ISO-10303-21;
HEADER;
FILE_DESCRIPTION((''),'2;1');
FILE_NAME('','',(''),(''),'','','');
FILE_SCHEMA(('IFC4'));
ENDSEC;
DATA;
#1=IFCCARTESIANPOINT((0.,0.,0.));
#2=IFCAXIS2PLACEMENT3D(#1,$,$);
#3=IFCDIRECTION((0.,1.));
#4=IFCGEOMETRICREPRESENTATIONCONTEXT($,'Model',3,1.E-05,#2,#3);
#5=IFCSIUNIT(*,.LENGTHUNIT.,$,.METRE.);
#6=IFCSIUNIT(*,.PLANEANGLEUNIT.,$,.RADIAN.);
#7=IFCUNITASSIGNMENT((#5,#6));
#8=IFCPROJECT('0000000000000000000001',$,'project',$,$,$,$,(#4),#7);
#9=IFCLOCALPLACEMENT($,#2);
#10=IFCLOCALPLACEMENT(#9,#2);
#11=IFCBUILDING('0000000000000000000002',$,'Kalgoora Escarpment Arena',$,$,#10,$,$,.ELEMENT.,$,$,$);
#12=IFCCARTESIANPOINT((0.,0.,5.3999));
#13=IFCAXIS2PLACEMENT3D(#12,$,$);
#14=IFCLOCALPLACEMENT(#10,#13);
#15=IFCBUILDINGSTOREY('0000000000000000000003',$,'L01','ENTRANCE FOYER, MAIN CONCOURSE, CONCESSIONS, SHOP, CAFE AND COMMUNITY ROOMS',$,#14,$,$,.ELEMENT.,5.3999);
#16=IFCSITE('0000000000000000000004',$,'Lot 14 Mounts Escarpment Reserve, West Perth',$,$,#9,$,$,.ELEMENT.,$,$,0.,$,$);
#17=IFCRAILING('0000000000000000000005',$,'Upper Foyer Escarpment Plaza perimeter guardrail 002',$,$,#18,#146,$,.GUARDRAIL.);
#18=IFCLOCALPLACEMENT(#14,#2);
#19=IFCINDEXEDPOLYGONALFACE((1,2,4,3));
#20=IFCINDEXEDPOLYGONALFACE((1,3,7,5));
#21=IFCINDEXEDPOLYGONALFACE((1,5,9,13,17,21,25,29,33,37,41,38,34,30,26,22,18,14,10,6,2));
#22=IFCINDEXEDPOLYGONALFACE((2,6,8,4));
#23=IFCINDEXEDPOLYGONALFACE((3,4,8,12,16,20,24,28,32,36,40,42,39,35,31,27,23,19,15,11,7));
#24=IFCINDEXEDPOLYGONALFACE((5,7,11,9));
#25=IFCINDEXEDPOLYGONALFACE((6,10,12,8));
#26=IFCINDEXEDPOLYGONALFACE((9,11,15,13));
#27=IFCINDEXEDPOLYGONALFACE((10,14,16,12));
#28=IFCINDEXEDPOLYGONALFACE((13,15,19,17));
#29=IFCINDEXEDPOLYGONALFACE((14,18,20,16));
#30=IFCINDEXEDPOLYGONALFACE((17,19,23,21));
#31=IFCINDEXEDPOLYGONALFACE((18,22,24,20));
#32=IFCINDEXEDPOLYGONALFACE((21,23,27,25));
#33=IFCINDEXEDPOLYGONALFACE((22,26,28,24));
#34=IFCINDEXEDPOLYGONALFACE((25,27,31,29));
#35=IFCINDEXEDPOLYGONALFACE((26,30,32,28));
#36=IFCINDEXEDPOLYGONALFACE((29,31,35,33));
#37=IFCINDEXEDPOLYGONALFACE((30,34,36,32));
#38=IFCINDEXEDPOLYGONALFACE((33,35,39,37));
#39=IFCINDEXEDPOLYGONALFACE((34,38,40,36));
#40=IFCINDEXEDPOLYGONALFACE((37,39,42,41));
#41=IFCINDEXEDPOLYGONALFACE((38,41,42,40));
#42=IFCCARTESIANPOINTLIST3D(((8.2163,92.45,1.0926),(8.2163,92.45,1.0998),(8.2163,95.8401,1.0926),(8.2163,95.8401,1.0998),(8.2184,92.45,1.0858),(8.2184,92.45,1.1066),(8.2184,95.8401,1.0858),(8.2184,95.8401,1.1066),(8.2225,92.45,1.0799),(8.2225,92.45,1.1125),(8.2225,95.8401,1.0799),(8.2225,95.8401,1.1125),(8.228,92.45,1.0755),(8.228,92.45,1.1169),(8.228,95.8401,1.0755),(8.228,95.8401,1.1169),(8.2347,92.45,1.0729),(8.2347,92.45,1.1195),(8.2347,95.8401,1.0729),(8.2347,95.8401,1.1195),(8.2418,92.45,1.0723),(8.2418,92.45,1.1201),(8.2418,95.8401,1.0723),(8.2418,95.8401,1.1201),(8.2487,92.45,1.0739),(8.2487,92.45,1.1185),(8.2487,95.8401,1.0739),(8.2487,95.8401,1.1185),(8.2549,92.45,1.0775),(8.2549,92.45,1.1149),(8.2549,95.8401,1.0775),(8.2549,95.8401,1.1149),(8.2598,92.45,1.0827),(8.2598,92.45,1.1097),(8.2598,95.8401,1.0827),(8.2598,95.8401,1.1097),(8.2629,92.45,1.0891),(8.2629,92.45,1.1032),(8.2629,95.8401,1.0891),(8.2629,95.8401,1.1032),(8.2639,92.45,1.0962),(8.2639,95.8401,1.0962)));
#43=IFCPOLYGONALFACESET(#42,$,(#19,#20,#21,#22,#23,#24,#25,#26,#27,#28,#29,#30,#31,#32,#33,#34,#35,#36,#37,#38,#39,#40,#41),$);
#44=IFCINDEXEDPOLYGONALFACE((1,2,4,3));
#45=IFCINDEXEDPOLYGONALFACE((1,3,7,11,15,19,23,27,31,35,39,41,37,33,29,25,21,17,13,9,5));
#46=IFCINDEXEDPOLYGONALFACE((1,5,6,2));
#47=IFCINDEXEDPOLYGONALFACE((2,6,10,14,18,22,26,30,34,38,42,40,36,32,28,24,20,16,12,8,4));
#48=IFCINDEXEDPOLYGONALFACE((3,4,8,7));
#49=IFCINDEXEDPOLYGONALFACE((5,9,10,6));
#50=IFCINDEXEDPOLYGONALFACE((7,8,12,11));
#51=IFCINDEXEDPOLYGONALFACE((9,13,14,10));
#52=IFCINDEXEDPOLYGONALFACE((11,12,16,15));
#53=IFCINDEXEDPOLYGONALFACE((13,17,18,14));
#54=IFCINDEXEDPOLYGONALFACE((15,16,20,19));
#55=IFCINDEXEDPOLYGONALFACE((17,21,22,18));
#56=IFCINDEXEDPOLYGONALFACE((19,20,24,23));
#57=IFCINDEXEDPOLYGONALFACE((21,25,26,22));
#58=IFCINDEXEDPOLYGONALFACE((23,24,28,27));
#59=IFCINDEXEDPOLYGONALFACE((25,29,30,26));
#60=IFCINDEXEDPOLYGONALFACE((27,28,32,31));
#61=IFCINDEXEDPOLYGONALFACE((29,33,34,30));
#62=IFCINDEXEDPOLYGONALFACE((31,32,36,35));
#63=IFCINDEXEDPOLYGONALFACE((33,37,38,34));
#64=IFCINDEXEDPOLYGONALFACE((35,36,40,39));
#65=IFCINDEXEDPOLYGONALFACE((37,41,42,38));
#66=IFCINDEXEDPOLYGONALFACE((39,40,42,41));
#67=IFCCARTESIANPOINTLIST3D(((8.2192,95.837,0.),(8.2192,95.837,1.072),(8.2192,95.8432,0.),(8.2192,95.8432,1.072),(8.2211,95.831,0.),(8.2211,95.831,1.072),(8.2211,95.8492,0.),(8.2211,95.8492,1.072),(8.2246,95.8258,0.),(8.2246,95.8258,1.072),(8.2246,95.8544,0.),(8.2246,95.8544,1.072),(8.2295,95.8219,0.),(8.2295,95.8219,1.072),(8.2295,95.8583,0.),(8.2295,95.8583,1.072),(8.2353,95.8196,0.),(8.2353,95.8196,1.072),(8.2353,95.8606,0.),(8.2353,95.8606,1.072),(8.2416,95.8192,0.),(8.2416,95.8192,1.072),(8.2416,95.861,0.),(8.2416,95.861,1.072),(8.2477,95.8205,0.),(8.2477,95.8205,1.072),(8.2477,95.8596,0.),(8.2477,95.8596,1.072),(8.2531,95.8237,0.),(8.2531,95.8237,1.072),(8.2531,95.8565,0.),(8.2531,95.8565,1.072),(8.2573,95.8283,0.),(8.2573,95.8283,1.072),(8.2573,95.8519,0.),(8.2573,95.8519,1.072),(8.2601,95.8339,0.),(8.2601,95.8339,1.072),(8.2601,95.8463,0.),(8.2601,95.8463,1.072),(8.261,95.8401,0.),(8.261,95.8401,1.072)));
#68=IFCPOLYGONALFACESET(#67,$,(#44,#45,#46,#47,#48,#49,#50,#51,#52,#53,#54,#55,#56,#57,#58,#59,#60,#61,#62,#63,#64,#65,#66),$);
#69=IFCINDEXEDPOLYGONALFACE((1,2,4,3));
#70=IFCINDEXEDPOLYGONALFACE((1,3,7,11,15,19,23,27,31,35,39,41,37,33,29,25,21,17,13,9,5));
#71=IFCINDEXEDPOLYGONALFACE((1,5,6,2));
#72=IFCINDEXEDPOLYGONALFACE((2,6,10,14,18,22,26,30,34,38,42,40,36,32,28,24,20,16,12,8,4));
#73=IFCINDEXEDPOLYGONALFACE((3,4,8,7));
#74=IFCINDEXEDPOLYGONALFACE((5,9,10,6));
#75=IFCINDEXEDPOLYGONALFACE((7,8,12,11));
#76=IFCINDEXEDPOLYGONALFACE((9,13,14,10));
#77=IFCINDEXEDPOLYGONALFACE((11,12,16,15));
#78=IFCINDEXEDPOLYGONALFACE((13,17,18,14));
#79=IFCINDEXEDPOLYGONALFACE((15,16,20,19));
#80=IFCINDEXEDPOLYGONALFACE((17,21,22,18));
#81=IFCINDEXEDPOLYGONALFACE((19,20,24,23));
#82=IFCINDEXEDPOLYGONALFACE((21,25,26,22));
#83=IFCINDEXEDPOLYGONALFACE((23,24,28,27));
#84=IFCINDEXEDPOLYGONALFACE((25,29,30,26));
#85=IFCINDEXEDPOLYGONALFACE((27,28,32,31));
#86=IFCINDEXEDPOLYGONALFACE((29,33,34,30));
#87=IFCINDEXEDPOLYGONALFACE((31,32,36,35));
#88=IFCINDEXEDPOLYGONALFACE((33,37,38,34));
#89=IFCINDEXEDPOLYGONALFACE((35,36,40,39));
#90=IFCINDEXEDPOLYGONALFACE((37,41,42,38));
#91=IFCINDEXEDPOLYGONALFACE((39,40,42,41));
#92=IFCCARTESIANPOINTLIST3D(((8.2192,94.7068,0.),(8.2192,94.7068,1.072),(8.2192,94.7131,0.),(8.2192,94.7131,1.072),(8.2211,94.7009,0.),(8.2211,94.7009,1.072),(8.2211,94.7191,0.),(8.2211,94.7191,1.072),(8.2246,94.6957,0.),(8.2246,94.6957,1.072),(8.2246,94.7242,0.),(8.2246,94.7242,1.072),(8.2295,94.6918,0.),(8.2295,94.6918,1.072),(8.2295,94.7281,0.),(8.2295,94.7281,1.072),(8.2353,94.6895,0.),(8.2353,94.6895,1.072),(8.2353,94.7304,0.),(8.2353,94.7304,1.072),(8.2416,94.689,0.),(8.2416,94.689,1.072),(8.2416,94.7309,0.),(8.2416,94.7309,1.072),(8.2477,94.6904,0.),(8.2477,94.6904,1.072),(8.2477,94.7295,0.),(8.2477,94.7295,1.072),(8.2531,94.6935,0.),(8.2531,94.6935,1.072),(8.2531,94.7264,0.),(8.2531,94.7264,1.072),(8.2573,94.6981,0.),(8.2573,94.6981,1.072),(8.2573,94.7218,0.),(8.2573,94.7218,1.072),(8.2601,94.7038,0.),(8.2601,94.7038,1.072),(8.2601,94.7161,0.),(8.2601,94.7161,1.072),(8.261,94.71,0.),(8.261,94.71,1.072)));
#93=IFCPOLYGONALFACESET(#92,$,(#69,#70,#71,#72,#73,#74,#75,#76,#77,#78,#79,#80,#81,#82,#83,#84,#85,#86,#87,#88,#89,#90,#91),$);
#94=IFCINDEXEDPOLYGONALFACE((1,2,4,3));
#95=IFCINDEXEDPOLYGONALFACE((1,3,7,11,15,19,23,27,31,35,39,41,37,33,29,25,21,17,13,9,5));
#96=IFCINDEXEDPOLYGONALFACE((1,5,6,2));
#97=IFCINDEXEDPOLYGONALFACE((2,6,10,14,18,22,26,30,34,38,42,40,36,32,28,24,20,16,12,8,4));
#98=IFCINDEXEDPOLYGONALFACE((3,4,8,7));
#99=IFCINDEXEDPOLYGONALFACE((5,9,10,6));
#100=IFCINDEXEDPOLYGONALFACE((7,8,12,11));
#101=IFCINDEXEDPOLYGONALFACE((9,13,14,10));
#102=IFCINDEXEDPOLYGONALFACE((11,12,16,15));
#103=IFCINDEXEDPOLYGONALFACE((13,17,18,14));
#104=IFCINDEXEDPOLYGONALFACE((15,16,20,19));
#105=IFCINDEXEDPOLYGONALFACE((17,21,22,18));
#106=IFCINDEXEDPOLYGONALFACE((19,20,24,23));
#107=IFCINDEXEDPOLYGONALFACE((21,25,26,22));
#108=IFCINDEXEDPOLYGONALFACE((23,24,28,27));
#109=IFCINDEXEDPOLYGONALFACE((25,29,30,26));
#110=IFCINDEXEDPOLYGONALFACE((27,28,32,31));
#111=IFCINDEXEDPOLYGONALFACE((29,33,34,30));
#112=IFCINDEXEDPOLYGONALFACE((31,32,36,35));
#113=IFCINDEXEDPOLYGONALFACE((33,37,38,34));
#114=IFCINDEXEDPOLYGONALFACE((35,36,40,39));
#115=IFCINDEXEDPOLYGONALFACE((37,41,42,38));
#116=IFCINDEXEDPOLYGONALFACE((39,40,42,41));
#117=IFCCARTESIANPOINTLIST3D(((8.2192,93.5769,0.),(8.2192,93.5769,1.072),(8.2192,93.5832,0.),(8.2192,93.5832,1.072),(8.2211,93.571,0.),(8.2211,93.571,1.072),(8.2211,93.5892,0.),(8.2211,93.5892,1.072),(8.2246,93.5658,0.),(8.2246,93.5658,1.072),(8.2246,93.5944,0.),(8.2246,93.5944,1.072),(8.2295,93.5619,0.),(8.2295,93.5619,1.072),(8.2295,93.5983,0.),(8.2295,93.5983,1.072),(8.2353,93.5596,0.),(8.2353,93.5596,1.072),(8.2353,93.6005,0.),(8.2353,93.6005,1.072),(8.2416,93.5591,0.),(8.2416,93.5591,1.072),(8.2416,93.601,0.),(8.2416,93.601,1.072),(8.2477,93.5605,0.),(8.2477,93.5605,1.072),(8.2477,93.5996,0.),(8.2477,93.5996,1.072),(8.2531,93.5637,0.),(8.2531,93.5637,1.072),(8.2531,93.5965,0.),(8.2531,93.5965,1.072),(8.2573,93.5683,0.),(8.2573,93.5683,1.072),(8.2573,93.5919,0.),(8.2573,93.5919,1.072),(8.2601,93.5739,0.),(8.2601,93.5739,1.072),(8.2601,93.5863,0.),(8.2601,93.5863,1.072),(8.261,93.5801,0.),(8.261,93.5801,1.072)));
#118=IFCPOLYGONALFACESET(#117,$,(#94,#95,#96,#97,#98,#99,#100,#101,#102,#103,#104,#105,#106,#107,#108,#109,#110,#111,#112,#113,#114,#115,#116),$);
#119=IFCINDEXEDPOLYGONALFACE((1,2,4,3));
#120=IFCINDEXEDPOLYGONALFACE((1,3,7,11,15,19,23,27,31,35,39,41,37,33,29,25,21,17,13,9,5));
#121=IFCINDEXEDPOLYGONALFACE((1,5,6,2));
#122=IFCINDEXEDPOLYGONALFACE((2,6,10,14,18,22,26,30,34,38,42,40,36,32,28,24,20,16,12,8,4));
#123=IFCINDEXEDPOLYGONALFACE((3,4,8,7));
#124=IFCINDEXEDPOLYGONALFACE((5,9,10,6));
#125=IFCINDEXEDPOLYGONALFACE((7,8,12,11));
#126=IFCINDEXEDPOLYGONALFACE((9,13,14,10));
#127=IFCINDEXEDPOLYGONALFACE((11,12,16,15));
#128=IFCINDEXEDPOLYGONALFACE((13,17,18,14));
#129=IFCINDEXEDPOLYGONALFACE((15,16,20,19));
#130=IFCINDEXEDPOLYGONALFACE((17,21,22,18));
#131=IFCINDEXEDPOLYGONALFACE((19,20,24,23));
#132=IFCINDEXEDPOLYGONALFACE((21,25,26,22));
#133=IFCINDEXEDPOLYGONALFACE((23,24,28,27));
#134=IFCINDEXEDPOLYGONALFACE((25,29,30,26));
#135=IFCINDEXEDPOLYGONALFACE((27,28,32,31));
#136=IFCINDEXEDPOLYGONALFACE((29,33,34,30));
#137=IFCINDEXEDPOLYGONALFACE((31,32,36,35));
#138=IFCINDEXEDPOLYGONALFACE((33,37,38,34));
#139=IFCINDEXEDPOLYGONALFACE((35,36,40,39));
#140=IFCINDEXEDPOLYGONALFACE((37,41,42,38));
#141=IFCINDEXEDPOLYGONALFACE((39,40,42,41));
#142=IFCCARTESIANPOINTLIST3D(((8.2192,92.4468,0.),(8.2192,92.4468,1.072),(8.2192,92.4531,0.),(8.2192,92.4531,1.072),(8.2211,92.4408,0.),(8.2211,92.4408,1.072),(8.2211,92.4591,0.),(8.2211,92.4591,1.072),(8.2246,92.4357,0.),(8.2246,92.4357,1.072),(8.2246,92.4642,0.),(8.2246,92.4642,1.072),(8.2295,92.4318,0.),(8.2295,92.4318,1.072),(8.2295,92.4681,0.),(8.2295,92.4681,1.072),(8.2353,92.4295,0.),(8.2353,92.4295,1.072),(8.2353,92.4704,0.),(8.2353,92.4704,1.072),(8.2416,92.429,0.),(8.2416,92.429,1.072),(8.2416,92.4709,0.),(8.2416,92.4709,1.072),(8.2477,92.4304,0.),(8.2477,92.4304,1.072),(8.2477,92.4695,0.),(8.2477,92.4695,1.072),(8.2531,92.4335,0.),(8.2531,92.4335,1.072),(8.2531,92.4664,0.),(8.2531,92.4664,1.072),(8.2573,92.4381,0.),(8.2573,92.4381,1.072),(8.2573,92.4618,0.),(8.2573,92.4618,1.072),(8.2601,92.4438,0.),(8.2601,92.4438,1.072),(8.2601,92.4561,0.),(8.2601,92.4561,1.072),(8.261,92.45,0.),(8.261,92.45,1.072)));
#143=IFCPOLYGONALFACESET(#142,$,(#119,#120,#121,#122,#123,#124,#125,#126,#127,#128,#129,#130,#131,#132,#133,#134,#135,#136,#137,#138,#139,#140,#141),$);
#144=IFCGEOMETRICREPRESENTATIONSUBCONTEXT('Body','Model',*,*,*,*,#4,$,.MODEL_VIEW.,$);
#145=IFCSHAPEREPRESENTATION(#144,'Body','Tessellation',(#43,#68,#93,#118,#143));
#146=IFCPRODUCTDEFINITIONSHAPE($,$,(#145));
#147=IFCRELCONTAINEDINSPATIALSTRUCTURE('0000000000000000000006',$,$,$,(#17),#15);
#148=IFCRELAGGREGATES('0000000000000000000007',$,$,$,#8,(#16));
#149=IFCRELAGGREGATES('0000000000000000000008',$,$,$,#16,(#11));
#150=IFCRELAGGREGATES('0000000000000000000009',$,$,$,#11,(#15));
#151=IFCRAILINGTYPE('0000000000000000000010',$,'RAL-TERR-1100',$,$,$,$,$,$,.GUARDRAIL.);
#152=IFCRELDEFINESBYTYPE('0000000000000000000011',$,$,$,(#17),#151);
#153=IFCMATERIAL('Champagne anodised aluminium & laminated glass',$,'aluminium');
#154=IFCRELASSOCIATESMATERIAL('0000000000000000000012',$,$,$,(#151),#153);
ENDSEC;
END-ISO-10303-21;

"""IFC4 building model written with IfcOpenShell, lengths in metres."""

from ifc_helpers import new_model, si_unit, direction, frame, origin, origin_2d, place, context, subcontext, project, spatial, circle, extrude, material, type_object, element, save


model = new_model("IFC4")

# Units and contexts
model_context = context("Model", 3, precision=1e-05, world=origin(), true_north=direction((0.0, 1.0)))
body_context = subcontext(model_context, "Body", "Model", "MODEL_VIEW")
ifc_project = project(units=[si_unit("LENGTHUNIT", "METRE"), si_unit("PLANEANGLEUNIT", "RADIAN")], contexts=[model_context])

# Site, building, storey
site_placement = place(None, origin())
site = spatial("IfcSite", under=ifc_project, at=site_placement, Name="Lot 14 Mounts Escarpment Reserve, West Perth", CompositionType="ELEMENT", RefElevation=0.0)
building_placement = place(site_placement, origin())
building = spatial("IfcBuilding", under=site, at=building_placement, Name="Kalgoora Escarpment Arena", CompositionType="ELEMENT")
storey_placement = place(building_placement, frame((0.0, 0.0, 5.3999)))
storey = spatial("IfcBuildingStorey", under=building, at=storey_placement, Name="L01", Description="ENTRANCE FOYER, MAIN CONCOURSE, CONCESSIONS, SHOP, CAFE AND COMMUNITY ROOMS", CompositionType="ELEMENT", Elevation=5.3999)

# Railing
ifc_material_1 = material(Name="Champagne anodised aluminium & laminated glass", Category="aluminium")
railing_type = type_object("IfcRailingType", Name="RAL-TERR-1100", PredefinedType="GUARDRAIL", material=ifc_material_1)
railing_1_placement = place(storey_placement, frame((8.24, 95.8401, 0.0)))
element("IfcRailing", 1, at=railing_1_placement, inside=storey, type_object=railing_type, Name="Upper Foyer Escarpment Plaza perimeter guardrail 002", PredefinedType="GUARDRAIL", context=body_context, shape_type="SweptSolid", body=[
    extrude(circle(Radius=0.0239, at=origin_2d()), frame((0.0, 0.0, 1.0962), z_axis=(0.0, -1.0, 0.0), x_axis=(1.0, 0.0, 0.0)), (0.0, 0.0, 1.0), 3.3901),
    extrude(circle(Radius=0.021, at=origin_2d()), origin(), (0.0, 0.0, 1.0), 1.072),
    extrude(circle(Radius=0.021, at=origin_2d()), frame((0.0, -1.1301, 0.0)), (0.0, 0.0, 1.0), 1.072),
    extrude(circle(Radius=0.021, at=origin_2d()), frame((0.0, -2.26, 0.0)), (0.0, 0.0, 1.0), 1.072),
    extrude(circle(Radius=0.021, at=origin_2d()), frame((0.0, -3.3901, 0.0)), (0.0, 0.0, 1.0), 1.072),
])

save(model, "model.ifc")
